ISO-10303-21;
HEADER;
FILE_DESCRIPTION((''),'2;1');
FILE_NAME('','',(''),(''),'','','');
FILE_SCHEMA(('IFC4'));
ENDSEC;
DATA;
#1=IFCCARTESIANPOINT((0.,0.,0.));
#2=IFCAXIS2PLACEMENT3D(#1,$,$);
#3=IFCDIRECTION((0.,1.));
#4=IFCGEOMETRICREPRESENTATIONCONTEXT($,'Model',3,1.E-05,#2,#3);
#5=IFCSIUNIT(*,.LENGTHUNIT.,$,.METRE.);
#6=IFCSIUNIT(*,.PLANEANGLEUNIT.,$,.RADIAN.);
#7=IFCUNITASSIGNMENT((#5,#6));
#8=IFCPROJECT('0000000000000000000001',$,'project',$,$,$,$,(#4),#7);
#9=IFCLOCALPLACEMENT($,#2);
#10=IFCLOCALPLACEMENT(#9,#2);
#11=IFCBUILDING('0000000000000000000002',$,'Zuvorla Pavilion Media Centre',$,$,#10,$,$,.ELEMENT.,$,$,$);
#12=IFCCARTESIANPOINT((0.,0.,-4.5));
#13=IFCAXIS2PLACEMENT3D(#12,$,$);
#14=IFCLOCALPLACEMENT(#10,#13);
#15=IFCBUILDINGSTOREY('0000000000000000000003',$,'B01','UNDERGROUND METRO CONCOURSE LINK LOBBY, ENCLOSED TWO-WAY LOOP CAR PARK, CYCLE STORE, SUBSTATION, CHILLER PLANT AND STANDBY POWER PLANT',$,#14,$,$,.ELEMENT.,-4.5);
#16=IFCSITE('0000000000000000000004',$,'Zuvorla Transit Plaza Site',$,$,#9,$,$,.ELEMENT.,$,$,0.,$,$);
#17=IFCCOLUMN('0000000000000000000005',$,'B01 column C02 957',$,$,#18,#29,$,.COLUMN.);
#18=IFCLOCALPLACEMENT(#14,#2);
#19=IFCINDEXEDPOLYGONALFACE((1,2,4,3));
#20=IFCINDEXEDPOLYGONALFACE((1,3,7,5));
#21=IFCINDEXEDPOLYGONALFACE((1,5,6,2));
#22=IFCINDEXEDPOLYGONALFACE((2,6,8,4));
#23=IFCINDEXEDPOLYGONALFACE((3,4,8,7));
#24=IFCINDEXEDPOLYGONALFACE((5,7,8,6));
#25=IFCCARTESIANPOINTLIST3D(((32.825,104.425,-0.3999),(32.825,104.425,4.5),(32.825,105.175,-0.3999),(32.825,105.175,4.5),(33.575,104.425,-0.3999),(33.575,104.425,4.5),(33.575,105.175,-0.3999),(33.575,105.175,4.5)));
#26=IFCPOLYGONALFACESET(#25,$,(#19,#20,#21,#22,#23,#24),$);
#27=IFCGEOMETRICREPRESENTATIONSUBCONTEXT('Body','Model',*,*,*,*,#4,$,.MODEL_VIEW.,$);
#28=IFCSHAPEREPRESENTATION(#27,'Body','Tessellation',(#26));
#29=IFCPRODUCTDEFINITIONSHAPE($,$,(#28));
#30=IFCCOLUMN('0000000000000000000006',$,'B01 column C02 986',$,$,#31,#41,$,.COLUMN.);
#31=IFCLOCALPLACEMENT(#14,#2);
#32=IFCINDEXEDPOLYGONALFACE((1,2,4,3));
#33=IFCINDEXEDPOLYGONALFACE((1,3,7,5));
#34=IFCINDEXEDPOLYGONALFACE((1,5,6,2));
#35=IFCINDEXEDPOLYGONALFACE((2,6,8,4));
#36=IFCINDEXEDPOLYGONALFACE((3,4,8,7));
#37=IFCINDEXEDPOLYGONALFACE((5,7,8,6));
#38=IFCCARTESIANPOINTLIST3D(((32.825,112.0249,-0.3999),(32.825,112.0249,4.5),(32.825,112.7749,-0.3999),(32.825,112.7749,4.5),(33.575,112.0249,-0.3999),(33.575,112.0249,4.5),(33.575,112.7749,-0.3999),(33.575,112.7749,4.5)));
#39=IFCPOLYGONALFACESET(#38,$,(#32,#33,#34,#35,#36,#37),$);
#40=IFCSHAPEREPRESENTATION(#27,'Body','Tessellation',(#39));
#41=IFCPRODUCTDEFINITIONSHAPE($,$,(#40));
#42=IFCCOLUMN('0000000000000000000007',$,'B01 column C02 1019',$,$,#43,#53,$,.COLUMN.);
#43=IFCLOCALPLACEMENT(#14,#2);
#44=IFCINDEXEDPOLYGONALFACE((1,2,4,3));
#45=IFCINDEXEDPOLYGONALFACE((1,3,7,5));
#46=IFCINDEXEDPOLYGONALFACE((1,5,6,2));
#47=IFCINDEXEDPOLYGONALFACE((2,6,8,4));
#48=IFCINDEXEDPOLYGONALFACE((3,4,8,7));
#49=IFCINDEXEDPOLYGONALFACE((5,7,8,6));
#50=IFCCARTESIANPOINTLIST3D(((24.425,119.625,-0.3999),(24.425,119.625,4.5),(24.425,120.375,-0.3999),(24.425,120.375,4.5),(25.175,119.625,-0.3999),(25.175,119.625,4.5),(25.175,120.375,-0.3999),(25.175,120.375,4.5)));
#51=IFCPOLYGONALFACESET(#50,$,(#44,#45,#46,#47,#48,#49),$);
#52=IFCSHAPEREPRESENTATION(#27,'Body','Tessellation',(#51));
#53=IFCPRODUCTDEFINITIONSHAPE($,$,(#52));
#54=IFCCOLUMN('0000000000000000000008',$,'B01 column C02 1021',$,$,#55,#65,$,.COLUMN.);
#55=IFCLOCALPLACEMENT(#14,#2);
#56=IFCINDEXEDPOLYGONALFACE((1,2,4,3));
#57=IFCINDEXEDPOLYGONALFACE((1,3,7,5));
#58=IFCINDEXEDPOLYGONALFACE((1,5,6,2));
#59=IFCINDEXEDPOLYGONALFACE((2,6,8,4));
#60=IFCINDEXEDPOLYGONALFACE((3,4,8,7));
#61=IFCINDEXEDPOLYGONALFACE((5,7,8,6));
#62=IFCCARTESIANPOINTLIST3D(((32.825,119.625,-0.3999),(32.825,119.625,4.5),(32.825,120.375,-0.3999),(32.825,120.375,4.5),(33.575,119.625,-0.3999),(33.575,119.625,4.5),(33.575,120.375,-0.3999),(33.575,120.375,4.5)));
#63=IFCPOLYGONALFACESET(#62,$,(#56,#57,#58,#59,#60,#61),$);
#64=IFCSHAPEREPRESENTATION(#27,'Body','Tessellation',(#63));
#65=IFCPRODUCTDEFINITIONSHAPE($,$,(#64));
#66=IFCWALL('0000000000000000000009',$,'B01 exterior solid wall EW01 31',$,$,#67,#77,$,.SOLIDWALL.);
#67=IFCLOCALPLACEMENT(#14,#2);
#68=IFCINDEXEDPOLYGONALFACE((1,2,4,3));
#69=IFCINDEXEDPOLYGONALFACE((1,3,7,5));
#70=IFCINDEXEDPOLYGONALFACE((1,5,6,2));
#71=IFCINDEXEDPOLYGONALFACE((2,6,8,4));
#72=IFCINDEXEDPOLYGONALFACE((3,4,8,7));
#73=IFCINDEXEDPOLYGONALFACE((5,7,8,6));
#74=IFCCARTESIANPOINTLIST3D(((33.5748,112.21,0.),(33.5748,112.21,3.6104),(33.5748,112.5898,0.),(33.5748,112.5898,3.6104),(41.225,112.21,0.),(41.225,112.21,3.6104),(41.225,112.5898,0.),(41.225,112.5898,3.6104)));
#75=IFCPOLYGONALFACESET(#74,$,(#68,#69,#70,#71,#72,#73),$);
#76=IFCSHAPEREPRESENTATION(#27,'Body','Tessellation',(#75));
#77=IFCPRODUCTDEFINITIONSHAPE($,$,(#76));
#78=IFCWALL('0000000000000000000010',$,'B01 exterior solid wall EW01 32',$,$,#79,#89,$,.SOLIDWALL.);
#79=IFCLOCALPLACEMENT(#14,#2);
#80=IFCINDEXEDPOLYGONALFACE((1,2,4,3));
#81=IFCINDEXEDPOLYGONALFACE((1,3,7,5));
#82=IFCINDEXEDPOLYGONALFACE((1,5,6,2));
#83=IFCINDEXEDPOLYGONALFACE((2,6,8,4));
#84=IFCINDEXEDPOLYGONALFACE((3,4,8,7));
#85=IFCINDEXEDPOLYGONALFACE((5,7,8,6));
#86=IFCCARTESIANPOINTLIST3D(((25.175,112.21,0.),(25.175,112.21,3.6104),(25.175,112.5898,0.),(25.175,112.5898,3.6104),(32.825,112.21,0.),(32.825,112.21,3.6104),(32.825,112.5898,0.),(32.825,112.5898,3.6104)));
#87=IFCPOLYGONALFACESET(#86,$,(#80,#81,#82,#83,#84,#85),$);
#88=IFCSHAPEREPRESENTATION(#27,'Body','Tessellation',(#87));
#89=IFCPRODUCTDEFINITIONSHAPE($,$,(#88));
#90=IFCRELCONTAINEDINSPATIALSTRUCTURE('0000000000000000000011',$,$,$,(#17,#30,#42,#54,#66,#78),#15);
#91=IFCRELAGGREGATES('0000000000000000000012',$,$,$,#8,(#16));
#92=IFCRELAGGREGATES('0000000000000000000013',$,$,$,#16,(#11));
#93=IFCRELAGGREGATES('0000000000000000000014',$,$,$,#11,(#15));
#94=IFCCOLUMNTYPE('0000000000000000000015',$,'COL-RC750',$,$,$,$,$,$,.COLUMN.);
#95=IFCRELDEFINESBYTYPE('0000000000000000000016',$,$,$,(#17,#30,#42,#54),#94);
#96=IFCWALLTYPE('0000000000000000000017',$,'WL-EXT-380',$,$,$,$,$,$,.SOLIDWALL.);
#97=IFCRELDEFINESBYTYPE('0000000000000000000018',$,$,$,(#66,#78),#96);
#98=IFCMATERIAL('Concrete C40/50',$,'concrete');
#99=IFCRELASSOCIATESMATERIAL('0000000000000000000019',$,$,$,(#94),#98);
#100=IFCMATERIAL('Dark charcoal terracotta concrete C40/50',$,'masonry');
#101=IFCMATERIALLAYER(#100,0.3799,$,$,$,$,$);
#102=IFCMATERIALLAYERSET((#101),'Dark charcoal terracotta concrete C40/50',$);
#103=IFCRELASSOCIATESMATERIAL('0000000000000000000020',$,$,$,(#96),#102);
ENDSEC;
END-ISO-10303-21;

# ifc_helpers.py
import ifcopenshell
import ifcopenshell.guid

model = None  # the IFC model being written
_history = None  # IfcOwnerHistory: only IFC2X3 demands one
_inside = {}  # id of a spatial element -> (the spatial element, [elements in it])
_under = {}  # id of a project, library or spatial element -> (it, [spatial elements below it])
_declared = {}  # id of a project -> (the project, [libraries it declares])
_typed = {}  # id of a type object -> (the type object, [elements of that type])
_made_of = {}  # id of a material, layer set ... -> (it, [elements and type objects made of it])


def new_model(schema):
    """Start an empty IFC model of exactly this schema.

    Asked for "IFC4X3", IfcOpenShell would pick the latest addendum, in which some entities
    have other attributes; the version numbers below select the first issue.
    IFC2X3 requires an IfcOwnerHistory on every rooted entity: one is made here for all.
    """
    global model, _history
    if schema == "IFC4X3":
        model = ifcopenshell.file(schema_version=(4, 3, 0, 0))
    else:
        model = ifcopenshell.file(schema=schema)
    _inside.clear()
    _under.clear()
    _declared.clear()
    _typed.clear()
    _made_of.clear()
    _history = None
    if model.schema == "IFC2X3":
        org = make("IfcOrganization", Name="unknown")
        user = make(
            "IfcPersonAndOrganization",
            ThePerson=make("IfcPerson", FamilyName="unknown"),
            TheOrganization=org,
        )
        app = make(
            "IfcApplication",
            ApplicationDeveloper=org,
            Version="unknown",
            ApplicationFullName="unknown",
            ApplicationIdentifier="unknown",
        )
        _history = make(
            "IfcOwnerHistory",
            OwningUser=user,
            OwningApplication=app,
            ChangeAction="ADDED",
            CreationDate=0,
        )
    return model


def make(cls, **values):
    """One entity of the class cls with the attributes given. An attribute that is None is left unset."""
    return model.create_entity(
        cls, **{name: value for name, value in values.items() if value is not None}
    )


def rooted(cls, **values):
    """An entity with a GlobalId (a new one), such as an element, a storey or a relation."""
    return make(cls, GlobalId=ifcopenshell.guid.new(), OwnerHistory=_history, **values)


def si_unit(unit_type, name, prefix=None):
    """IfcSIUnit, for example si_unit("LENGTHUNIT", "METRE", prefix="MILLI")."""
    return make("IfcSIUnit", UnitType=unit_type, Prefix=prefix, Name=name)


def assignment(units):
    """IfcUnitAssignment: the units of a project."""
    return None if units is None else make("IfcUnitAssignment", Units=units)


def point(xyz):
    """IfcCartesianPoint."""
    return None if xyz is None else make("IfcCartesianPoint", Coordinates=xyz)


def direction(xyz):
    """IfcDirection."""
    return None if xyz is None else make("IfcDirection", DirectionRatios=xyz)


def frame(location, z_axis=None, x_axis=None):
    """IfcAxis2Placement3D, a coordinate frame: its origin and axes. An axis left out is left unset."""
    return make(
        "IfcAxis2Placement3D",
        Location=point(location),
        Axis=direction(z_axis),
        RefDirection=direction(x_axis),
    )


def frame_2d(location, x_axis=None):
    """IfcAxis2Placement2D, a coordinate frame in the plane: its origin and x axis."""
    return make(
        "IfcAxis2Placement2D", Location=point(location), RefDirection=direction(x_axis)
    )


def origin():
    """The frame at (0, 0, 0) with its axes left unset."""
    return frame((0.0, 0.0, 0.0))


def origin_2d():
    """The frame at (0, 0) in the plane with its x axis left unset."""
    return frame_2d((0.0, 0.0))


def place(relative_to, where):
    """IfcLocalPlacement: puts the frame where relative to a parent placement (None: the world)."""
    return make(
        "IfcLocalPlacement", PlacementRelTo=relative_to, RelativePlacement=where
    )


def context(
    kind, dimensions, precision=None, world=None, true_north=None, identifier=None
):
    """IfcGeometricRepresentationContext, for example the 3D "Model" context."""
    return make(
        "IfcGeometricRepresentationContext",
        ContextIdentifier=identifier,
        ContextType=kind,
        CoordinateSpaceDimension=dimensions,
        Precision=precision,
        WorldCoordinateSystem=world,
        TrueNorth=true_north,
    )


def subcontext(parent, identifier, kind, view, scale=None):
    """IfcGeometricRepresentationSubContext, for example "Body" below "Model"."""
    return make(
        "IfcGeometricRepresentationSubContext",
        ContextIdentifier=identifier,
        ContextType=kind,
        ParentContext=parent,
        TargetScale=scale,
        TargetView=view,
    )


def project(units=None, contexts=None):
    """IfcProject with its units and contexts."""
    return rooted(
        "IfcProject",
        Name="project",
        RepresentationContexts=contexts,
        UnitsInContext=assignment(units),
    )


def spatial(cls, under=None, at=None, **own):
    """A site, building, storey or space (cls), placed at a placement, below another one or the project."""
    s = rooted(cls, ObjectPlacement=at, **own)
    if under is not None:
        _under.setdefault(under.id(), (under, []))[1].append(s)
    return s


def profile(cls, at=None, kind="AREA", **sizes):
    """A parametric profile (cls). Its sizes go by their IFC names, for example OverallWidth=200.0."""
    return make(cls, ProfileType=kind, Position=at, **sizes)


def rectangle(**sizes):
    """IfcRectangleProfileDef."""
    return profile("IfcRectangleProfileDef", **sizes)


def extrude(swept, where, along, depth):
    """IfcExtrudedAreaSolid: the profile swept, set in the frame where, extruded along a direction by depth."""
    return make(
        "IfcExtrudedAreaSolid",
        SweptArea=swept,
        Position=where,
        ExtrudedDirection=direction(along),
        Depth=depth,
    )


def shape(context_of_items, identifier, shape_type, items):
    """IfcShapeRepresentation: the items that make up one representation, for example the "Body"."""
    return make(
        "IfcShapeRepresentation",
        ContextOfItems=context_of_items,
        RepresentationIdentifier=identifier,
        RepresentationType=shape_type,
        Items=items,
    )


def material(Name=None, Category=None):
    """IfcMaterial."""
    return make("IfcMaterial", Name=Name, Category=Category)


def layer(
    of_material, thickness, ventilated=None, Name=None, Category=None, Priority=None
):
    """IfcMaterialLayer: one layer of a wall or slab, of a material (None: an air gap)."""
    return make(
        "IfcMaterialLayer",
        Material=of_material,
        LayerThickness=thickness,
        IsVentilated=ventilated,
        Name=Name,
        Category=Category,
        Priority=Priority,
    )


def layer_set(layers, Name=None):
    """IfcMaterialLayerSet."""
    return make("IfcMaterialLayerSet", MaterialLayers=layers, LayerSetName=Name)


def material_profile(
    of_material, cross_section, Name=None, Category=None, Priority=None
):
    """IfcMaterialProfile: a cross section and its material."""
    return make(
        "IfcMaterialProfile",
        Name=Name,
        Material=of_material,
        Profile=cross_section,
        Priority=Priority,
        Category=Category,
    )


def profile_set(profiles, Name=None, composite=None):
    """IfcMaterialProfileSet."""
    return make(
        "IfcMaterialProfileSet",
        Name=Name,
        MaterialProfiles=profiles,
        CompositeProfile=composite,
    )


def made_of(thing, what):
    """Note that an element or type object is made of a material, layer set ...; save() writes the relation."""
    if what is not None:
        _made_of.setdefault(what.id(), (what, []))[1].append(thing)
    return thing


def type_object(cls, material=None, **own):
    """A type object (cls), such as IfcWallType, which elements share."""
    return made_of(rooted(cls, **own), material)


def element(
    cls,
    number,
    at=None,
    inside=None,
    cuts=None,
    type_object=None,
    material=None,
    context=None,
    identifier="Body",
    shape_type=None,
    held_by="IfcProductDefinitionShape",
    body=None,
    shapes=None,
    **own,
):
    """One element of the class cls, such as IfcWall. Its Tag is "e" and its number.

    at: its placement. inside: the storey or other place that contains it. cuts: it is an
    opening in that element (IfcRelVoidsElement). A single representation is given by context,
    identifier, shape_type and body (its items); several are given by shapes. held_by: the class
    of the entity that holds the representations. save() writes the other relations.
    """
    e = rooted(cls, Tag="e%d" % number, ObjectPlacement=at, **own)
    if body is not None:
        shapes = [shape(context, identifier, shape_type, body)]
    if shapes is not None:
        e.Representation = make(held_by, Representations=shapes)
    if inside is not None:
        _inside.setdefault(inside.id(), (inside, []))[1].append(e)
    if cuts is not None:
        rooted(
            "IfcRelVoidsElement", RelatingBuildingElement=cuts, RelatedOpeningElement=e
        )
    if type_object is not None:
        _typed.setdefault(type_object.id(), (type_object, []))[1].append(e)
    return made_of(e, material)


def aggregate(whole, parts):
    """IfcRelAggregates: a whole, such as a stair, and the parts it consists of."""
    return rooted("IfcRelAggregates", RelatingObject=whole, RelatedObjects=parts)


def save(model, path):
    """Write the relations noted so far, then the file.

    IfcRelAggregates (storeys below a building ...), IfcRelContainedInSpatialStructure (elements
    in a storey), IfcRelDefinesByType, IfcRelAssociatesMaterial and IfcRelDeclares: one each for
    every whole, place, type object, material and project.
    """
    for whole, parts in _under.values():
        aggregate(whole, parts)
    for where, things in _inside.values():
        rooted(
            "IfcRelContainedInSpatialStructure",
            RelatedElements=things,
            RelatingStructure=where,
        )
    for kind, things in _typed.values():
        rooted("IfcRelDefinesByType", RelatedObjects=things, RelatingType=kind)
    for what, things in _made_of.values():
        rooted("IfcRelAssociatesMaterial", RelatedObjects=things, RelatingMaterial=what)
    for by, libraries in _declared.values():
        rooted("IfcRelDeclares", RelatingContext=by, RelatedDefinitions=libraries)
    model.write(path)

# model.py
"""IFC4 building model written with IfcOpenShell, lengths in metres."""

from ifc_helpers import new_model, si_unit, direction, frame, frame_2d, origin, origin_2d, place, context, subcontext, project, spatial, rectangle, extrude, material, layer, layer_set, material_profile, profile_set, type_object, element, save


model = new_model("IFC4")

# Units and contexts
model_context = context("Model", 3, precision=1e-05, world=origin(), true_north=direction((0.0, 1.0)))
body_context = subcontext(model_context, "Body", "Model", "MODEL_VIEW")
ifc_project = project(units=[si_unit("LENGTHUNIT", "METRE"), si_unit("PLANEANGLEUNIT", "RADIAN")], contexts=[model_context])

# Site, building, storey
site_placement = place(None, origin())
site = spatial("IfcSite", under=ifc_project, at=site_placement, Name="Zuvorla Transit Plaza Site", CompositionType="ELEMENT", RefElevation=0.0)
building_placement = place(site_placement, origin())
building = spatial("IfcBuilding", under=site, at=building_placement, Name="Zuvorla Pavilion Media Centre", CompositionType="ELEMENT")
storey_placement = place(building_placement, frame((0.0, 0.0, -4.5)))
storey = spatial("IfcBuildingStorey", under=building, at=storey_placement, Name="B01", Description="UNDERGROUND METRO CONCOURSE LINK LOBBY, ENCLOSED TWO-WAY LOOP CAR PARK, CYCLE STORE, SUBSTATION, CHILLER PLANT AND STANDBY POWER PLANT", CompositionType="ELEMENT", Elevation=-4.5)

# Shared definitions
ifc_material_1 = material(Name="Concrete C40/50", Category="concrete")

# Columns
ifc_material_profile_1 = material_profile(ifc_material_1, rectangle(XDim=0.75, YDim=0.75, at=origin_2d()), Name="RC 750x750")
ifc_profile_set_1 = profile_set([ifc_material_profile_1], Name="Concrete C40/50")
column_type = type_object("IfcColumnType", Name="COL-RC750", PredefinedType="COLUMN", material=ifc_profile_set_1)
for number, where, z_axis, x_axis, name in (
    (1, (33.2, 104.8, -0.3999), (0.0, 0.0, 1.0), (1.0, 0.0, 0.0), "B01 column C02 957"),
    (2, (33.2, 112.3999, -0.3999), (0.0, 0.0, 1.0), (1.0, 0.0, 0.0), "B01 column C02 986"),
    (3, (24.8, 120.0, -0.3999), (0.0, 0.0, 1.0), (1.0, 0.0, 0.0), "B01 column C02 1019"),
    (4, (33.2, 120.0, -0.3999), (0.0, 0.0, 1.0), (1.0, 0.0, 0.0), "B01 column C02 1021"),
):
    element("IfcColumn", number, at=place(storey_placement, frame(where, z_axis=z_axis, x_axis=x_axis)), inside=storey, type_object=column_type, Name=name, PredefinedType="COLUMN", context=body_context, shape_type="SweptSolid", body=[
        extrude(rectangle(XDim=0.75, YDim=0.75, at=origin_2d()), origin(), (0.0, 0.0, 1.0), 4.8999),
    ])

# Walls
ifc_material_2 = material(Name="Dark charcoal terracotta concrete C40/50", Category="masonry")
ifc_layer = layer(ifc_material_2, 0.3799)
ifc_layer_set = layer_set([ifc_layer], Name="Dark charcoal terracotta concrete C40/50")
wall_type = type_object("IfcWallType", Name="WL-EXT-380", PredefinedType="SOLIDWALL", material=ifc_layer_set)
wall_1_placement = place(storey_placement, frame((41.2251, 112.3999, 0.0), z_axis=(0.0, 0.0, 1.0), x_axis=(-1.0, 0.0, 0.0)))
element("IfcWall", 5, at=wall_1_placement, inside=storey, type_object=wall_type, Name="B01 exterior solid wall EW01 31", PredefinedType="SOLIDWALL", context=body_context, shape_type="SweptSolid", body=[
    extrude(rectangle(XDim=7.6501, YDim=0.3799, at=frame_2d((3.8252, 0.0))), origin(), (0.0, 0.0, 1.0), 3.6104),
])
wall_2_placement = place(storey_placement, frame((32.825, 112.3999, 0.0), z_axis=(0.0, 0.0, 1.0), x_axis=(-1.0, 0.0, 0.0)))
element("IfcWall", 6, at=wall_2_placement, inside=storey, type_object=wall_type, Name="B01 exterior solid wall EW01 32", PredefinedType="SOLIDWALL", context=body_context, shape_type="SweptSolid", body=[
    extrude(rectangle(XDim=7.6499, YDim=0.3799, at=frame_2d((3.825, 0.0))), origin(), (0.0, 0.0, 1.0), 3.6104),
])

save(model, "model.ifc")
